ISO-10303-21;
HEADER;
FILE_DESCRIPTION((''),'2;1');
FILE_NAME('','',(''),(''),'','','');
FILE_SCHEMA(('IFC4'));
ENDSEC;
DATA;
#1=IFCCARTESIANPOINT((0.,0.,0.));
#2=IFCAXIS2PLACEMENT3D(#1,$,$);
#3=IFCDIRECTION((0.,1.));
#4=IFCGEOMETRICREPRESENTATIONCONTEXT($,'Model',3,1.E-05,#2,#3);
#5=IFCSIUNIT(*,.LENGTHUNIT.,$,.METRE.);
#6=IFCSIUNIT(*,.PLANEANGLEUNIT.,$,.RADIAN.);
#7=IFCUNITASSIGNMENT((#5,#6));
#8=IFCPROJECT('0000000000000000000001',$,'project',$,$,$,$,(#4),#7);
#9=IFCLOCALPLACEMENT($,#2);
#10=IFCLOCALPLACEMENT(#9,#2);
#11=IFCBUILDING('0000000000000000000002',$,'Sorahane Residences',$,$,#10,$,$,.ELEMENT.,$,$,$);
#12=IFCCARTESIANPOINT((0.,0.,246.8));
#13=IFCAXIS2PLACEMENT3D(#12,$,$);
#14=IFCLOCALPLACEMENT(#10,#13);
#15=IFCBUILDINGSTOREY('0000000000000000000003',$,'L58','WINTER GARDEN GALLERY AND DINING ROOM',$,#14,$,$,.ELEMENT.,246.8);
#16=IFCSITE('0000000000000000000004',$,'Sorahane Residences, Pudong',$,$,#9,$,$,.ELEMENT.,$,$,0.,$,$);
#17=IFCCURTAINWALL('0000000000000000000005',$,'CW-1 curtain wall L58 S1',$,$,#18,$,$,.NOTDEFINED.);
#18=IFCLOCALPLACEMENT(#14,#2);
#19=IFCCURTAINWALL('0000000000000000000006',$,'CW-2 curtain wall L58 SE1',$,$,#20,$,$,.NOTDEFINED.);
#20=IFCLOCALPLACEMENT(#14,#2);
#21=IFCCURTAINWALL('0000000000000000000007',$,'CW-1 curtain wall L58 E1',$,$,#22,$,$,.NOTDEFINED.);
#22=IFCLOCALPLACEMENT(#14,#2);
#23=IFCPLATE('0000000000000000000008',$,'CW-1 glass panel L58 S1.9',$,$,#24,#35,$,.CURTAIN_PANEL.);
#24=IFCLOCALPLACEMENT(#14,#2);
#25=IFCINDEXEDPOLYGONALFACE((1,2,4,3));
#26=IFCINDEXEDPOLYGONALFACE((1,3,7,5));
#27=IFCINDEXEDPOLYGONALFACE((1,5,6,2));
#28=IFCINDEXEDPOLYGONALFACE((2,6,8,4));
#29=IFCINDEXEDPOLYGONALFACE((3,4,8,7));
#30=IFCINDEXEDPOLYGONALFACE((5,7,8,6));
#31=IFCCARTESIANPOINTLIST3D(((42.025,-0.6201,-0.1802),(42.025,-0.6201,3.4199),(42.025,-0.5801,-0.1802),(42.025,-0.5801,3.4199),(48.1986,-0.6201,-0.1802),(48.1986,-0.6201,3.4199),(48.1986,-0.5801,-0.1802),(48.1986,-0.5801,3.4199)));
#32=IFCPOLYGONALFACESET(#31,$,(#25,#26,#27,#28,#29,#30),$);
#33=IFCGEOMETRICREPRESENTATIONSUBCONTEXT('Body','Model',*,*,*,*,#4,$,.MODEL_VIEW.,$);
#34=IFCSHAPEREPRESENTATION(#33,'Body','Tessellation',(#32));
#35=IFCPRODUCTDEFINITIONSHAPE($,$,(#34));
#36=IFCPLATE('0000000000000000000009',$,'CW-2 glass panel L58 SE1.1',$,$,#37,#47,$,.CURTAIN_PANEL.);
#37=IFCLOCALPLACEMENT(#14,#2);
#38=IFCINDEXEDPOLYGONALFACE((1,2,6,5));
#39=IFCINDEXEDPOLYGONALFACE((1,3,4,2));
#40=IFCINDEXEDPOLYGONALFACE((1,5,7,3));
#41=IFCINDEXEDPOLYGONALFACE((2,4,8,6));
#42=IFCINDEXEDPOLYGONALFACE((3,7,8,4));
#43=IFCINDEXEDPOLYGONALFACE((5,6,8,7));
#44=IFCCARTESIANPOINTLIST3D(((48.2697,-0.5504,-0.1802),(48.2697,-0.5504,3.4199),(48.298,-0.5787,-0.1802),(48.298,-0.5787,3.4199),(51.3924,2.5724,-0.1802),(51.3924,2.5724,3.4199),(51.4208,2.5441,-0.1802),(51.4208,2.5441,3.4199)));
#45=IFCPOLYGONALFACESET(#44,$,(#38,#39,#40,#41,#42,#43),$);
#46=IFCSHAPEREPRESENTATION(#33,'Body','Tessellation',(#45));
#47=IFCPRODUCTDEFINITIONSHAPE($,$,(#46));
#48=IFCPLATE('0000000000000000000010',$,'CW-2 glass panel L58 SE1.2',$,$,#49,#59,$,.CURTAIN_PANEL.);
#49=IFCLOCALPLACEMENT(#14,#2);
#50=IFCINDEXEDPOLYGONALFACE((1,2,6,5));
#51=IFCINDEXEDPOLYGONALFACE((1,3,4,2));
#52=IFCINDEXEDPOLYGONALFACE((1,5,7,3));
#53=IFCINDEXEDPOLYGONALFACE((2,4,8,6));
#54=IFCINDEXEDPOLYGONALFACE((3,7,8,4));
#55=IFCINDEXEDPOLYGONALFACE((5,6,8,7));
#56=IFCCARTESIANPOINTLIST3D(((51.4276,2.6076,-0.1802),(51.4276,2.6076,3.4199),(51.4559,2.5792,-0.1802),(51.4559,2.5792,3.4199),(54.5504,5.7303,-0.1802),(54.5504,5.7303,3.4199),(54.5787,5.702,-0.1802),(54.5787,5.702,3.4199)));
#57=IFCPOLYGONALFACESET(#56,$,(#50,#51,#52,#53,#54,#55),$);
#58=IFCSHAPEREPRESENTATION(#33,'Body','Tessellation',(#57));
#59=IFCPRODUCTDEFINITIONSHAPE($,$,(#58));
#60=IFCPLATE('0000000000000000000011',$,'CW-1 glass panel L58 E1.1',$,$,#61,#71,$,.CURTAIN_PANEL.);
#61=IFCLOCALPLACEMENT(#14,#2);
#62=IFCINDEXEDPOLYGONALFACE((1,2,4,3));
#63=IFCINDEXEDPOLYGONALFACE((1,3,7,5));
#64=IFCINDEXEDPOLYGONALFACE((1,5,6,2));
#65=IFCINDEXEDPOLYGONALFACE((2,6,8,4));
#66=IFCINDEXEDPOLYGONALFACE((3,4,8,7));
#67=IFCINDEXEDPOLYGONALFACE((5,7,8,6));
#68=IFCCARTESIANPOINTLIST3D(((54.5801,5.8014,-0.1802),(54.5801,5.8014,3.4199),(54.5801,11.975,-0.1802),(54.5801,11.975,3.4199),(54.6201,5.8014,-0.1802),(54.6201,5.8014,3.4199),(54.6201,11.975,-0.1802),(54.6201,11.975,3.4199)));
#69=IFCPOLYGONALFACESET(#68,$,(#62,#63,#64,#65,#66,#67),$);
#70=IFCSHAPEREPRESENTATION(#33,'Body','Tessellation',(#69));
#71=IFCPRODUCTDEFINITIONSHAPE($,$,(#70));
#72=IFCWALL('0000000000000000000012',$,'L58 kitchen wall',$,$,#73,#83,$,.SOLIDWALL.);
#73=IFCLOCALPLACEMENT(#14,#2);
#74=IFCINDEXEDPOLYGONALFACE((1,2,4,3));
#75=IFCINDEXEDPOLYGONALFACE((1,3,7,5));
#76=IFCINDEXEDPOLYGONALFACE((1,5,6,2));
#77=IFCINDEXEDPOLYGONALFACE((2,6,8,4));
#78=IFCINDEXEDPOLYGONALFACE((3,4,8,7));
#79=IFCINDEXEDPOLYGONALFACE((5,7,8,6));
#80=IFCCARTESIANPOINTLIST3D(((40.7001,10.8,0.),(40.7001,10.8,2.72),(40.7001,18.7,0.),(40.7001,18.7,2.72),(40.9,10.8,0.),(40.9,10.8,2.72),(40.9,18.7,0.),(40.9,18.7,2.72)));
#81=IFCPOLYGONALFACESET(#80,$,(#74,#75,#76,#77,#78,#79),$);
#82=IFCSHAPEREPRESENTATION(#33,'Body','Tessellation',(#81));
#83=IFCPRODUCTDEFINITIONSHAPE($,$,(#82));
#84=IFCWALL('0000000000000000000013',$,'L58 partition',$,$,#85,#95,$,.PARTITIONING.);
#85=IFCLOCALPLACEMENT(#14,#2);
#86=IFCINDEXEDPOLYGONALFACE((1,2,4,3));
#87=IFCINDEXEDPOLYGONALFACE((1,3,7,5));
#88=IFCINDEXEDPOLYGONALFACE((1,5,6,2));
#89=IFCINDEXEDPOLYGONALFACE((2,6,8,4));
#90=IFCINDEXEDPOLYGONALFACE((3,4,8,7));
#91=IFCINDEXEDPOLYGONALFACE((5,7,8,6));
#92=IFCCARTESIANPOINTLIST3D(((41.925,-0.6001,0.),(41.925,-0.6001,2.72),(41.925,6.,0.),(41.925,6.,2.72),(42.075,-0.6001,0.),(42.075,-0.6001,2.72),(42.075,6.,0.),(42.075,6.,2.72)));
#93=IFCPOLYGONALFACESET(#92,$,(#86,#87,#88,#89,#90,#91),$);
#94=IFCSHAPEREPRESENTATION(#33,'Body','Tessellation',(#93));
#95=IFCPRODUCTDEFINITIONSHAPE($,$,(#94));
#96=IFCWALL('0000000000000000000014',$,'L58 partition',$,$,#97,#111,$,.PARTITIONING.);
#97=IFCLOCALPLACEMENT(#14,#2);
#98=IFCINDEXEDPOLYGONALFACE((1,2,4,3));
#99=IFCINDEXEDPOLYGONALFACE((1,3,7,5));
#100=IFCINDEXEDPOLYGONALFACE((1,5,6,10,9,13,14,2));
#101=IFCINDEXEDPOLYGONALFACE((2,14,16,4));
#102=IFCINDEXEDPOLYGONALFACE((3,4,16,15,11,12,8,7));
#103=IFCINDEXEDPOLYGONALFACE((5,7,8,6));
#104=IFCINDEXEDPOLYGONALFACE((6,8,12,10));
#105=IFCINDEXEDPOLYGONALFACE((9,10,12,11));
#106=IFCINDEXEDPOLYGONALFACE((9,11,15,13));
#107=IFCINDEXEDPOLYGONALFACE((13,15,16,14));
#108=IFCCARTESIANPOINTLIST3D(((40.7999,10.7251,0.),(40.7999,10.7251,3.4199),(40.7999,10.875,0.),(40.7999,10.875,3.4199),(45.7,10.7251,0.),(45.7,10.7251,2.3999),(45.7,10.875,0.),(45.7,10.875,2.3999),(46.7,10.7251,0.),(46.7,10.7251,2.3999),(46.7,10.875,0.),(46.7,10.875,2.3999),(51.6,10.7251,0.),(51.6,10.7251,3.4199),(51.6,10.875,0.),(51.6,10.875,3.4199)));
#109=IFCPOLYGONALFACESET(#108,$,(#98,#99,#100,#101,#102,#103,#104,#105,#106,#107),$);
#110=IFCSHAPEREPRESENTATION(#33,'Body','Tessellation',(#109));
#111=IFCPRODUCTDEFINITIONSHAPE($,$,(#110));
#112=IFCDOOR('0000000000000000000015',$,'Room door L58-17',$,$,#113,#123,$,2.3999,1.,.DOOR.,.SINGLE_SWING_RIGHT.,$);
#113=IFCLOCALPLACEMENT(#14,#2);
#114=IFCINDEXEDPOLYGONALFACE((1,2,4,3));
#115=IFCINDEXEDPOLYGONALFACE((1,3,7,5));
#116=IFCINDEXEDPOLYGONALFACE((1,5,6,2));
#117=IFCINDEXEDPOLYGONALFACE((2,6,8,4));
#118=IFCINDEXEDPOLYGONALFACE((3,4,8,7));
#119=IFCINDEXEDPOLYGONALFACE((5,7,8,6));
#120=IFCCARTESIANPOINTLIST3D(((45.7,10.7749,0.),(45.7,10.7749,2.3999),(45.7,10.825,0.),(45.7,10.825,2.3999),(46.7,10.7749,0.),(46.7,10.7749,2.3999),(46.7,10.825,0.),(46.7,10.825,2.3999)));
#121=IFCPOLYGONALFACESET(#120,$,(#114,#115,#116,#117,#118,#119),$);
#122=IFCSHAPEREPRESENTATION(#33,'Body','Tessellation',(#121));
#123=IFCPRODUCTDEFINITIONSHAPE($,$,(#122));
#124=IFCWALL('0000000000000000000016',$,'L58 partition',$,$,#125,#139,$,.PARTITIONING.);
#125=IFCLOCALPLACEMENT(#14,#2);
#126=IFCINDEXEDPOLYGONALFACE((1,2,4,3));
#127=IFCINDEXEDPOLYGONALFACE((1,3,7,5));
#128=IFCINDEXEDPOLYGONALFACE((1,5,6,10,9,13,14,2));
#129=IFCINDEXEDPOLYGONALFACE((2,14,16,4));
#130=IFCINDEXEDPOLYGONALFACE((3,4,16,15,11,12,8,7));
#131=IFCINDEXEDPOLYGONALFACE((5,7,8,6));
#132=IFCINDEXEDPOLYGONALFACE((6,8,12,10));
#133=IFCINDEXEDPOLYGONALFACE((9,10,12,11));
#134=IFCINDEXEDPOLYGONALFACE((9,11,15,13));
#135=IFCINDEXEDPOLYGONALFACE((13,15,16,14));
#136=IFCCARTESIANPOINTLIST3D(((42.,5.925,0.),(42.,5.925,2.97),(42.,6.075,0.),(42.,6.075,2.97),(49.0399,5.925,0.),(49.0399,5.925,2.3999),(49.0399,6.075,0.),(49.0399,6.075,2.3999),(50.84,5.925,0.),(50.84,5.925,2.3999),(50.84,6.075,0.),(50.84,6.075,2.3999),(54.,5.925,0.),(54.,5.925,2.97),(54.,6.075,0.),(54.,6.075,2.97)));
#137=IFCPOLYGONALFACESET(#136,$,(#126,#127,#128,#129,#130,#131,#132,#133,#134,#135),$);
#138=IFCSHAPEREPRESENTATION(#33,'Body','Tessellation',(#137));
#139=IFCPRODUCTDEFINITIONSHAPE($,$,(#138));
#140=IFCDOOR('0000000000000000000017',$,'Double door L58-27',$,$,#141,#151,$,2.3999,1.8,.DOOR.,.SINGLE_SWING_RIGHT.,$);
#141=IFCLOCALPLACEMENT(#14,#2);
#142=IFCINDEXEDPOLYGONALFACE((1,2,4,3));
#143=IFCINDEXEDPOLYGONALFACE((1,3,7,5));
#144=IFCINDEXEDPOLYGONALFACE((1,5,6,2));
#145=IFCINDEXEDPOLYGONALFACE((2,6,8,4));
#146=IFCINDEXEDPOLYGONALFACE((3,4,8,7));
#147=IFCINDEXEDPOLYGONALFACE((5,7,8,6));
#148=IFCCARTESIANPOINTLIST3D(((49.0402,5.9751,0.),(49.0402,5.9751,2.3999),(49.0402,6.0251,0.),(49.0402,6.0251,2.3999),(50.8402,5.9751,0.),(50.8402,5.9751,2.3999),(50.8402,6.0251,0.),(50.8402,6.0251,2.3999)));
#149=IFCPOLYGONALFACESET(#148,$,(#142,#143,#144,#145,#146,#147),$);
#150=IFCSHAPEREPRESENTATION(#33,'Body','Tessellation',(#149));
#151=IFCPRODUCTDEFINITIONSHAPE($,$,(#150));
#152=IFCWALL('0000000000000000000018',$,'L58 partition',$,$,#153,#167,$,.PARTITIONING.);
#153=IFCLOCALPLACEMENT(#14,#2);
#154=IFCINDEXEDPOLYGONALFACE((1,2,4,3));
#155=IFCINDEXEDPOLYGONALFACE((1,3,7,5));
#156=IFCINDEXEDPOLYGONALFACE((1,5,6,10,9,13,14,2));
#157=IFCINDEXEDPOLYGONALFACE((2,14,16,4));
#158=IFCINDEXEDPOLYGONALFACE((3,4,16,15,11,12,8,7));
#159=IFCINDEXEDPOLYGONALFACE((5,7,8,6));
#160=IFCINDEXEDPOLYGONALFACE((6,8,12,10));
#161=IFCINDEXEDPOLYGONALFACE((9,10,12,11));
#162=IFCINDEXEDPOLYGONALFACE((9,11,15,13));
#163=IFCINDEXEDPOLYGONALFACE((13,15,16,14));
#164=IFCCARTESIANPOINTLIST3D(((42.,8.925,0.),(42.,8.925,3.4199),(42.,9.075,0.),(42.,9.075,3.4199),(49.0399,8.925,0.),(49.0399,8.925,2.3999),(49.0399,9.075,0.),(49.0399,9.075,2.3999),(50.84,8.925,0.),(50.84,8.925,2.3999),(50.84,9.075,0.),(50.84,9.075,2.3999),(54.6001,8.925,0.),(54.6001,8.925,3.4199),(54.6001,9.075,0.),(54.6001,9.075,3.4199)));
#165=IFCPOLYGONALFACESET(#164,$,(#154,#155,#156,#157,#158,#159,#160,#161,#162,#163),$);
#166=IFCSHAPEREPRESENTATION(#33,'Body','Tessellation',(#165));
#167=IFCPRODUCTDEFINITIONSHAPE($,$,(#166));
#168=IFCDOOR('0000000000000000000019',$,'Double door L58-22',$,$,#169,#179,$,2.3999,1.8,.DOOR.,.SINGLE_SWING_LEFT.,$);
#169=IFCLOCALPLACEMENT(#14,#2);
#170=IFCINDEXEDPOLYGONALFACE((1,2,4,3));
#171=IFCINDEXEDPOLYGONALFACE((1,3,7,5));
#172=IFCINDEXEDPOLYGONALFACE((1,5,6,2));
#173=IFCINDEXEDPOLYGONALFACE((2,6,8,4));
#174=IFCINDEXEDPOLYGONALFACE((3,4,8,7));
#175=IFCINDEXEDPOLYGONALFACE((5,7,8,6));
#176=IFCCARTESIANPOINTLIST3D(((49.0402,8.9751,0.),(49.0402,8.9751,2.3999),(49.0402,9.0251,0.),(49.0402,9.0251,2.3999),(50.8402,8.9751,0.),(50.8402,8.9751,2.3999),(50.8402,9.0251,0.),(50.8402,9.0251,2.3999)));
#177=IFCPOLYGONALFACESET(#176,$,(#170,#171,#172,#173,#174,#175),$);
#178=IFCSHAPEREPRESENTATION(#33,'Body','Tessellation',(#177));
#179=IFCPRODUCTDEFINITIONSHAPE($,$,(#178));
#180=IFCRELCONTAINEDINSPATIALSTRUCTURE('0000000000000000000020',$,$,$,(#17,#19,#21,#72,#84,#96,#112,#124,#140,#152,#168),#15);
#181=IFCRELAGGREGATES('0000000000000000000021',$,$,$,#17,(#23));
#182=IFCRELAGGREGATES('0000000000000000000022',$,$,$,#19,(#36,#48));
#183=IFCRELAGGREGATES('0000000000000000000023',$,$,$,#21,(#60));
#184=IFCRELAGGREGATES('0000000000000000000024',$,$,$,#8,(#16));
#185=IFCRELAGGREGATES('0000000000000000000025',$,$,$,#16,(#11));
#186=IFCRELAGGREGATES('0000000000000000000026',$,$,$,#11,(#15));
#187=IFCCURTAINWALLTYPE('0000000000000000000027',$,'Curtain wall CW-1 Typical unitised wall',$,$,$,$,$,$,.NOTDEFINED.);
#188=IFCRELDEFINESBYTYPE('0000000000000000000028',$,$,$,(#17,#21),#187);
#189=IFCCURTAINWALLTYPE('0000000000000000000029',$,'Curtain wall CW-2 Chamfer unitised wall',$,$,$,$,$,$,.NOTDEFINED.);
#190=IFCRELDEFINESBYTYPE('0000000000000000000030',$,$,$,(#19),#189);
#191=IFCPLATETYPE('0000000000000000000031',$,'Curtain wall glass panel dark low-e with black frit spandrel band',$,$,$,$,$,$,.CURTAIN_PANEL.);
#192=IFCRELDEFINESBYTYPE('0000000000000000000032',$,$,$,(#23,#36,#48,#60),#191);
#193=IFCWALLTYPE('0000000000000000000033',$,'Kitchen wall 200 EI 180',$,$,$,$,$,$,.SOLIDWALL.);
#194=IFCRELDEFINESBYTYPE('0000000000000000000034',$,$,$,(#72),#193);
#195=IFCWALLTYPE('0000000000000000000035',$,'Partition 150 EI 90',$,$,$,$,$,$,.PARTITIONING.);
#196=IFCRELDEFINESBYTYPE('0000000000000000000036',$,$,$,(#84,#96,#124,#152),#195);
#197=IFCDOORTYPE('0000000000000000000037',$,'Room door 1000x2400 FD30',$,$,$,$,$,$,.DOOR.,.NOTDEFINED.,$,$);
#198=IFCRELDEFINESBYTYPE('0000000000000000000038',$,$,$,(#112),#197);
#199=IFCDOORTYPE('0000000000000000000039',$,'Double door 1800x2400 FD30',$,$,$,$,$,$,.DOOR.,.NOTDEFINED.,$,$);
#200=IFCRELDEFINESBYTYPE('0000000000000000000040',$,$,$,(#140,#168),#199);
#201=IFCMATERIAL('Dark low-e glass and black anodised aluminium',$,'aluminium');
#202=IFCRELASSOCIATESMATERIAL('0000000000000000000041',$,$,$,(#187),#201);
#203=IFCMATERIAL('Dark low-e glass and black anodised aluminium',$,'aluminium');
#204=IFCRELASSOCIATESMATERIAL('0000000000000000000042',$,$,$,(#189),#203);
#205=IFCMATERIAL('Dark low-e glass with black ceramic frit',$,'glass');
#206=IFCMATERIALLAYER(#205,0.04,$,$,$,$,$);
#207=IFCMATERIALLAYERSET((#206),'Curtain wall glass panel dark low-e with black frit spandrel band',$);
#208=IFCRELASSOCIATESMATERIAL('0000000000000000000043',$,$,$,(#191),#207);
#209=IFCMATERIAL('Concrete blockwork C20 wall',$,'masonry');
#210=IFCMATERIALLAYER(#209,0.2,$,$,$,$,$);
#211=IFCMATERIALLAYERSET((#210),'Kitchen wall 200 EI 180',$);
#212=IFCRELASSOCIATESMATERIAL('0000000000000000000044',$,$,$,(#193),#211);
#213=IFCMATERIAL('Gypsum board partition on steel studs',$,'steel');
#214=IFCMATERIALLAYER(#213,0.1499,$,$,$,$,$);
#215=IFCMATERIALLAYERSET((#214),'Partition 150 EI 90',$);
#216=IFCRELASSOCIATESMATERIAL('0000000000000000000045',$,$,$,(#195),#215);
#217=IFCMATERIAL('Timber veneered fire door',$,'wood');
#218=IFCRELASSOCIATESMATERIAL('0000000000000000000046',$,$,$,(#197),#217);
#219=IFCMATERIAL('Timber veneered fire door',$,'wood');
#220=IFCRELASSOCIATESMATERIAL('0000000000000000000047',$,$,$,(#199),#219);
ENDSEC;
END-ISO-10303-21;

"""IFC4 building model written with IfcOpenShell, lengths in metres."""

from ifc_helpers import new_model, si_unit, direction, frame, frame_2d, origin, origin_2d, place, context, subcontext, project, spatial, rectangle, extrude, material, layer, layer_set, type_object, element, fill, aggregate, save


model = new_model("IFC4")

# Units and contexts
model_context = context("Model", 3, precision=1e-05, world=origin(), true_north=direction((0.0, 1.0)))
body_context = subcontext(model_context, "Body", "Model", "MODEL_VIEW")
ifc_project = project(units=[si_unit("LENGTHUNIT", "METRE"), si_unit("PLANEANGLEUNIT", "RADIAN")], contexts=[model_context])

# Site, building, storey
site_placement = place(None, origin())
site = spatial("IfcSite", under=ifc_project, at=site_placement, Name="Sorahane Residences, Pudong", CompositionType="ELEMENT", RefElevation=0.0)
building_placement = place(site_placement, origin())
building = spatial("IfcBuilding", under=site, at=building_placement, Name="Sorahane Residences", CompositionType="ELEMENT")
storey_placement = place(building_placement, frame((0.0, 0.0, 246.8)))
storey = spatial("IfcBuildingStorey", under=building, at=storey_placement, Name="L58", Description="WINTER GARDEN GALLERY AND DINING ROOM", CompositionType="ELEMENT", Elevation=246.8)

# Curtain walls
ifc_material_1 = material(Name="Dark low-e glass and black anodised aluminium", Category="aluminium")
curtain_wall_type_1 = type_object("IfcCurtainWallType", Name="Curtain wall CW-1 Typical unitised wall", PredefinedType="NOTDEFINED", material=ifc_material_1)
curtain_wall_1_placement = place(storey_placement, origin())
curtain_wall_1 = element("IfcCurtainWall", 1, at=curtain_wall_1_placement, inside=storey, type_object=curtain_wall_type_1, Name="CW-1 curtain wall L58 S1", PredefinedType="NOTDEFINED")
ifc_material_2 = material(Name="Dark low-e glass and black anodised aluminium", Category="aluminium")
curtain_wall_type_2 = type_object("IfcCurtainWallType", Name="Curtain wall CW-2 Chamfer unitised wall", PredefinedType="NOTDEFINED", material=ifc_material_2)
curtain_wall_2_placement = place(storey_placement, origin())
curtain_wall_2 = element("IfcCurtainWall", 2, at=curtain_wall_2_placement, inside=storey, type_object=curtain_wall_type_2, Name="CW-2 curtain wall L58 SE1", PredefinedType="NOTDEFINED")

# Curtain wall
curtain_wall_3_placement = place(storey_placement, origin())
curtain_wall_3 = element("IfcCurtainWall", 3, at=curtain_wall_3_placement, inside=storey, type_object=curtain_wall_type_1, Name="CW-1 curtain wall L58 E1", PredefinedType="NOTDEFINED")

# Plates
ifc_material_3 = material(Name="Dark low-e glass with black ceramic frit", Category="glass")
ifc_layer_1 = layer(ifc_material_3, 0.04)
ifc_layer_set_1 = layer_set([ifc_layer_1], Name="Curtain wall glass panel dark low-e with black frit spandrel band")
plate_type = type_object("IfcPlateType", Name="Curtain wall glass panel dark low-e with black frit spandrel band", PredefinedType="CURTAIN_PANEL", material=ifc_layer_set_1)
plate_1_placement = place(storey_placement, frame((45.1118, -0.6001, -0.1802), z_axis=(0.0, 0.0, 1.0), x_axis=(1.0, 0.0, 0.0)))
plate_1 = element("IfcPlate", 4, at=plate_1_placement, type_object=plate_type, Name="CW-1 glass panel L58 S1.9", PredefinedType="CURTAIN_PANEL", context=body_context, shape_type="SweptSolid", body=[
    extrude(rectangle(XDim=6.1736, YDim=0.04, at=origin_2d()), origin(), (0.0, 0.0, 1.0), 3.6001),
])
aggregate(curtain_wall_1, [plate_1])
plate_2_placement = place(storey_placement, frame((49.8452, 0.9968, -0.1802), z_axis=(0.0, 0.0, 1.0), x_axis=(0.707107, 0.707107, 0.0)))
plate_2 = element("IfcPlate", 5, at=plate_2_placement, type_object=plate_type, Name="CW-2 glass panel L58 SE1.1", PredefinedType="CURTAIN_PANEL", context=body_context, shape_type="SweptSolid", body=[
    extrude(rectangle(XDim=4.4163, YDim=0.04, at=origin_2d()), origin(), (0.0, 0.0, 1.0), 3.6001),
])
plate_3_placement = place(storey_placement, frame((53.0032, 4.1548, -0.1802), z_axis=(0.0, 0.0, 1.0), x_axis=(0.707107, 0.707107, 0.0)))
plate_3 = element("IfcPlate", 6, at=plate_3_placement, type_object=plate_type, Name="CW-2 glass panel L58 SE1.2", PredefinedType="CURTAIN_PANEL", context=body_context, shape_type="SweptSolid", body=[
    extrude(rectangle(XDim=4.4163, YDim=0.04, at=origin_2d()), origin(), (0.0, 0.0, 1.0), 3.6001),
])
aggregate(curtain_wall_2, [plate_2, plate_3])
plate_4_placement = place(storey_placement, frame((54.6001, 8.8882, -0.1802), z_axis=(0.0, 0.0, 1.0), x_axis=(0.0, 1.0, 0.0)))
plate_4 = element("IfcPlate", 7, at=plate_4_placement, type_object=plate_type, Name="CW-1 glass panel L58 E1.1", PredefinedType="CURTAIN_PANEL", context=body_context, shape_type="SweptSolid", body=[
    extrude(rectangle(XDim=6.1736, YDim=0.04, at=origin_2d()), origin(), (0.0, 0.0, 1.0), 3.6001),
])
aggregate(curtain_wall_3, [plate_4])

# Walls
ifc_material_4 = material(Name="Concrete blockwork C20 wall", Category="masonry")
ifc_layer_2 = layer(ifc_material_4, 0.2)
ifc_layer_set_2 = layer_set([ifc_layer_2], Name="Kitchen wall 200 EI 180")
wall_type_1 = type_object("IfcWallType", Name="Kitchen wall 200 EI 180", PredefinedType="SOLIDWALL", material=ifc_layer_set_2)
wall_1_placement = place(storey_placement, frame((40.8, 10.8, 0.0), z_axis=(0.0, 0.0, 1.0), x_axis=(0.0, 1.0, 0.0)))
element("IfcWall", 8, at=wall_1_placement, inside=storey, type_object=wall_type_1, Name="L58 kitchen wall", PredefinedType="SOLIDWALL", context=body_context, shape_type="SweptSolid", body=[
    extrude(rectangle(XDim=7.8999, YDim=0.2, at=frame_2d((3.95, 0.0))), origin(), (0.0, 0.0, 1.0), 2.72),
])
ifc_material_5 = material(Name="Gypsum board partition on steel studs", Category="steel")
ifc_layer_3 = layer(ifc_material_5, 0.1499)
ifc_layer_set_3 = layer_set([ifc_layer_3], Name="Partition 150 EI 90")
wall_type_2 = type_object("IfcWallType", Name="Partition 150 EI 90", PredefinedType="PARTITIONING", material=ifc_layer_set_3)
wall_2_placement = place(storey_placement, frame((42.0, -0.6001, 0.0), z_axis=(0.0, 0.0, 1.0), x_axis=(0.0, 1.0, 0.0)))
element("IfcWall", 9, at=wall_2_placement, inside=storey, type_object=wall_type_2, Name="L58 partition", PredefinedType="PARTITIONING", context=body_context, shape_type="SweptSolid", body=[
    extrude(rectangle(XDim=6.6001, YDim=0.1499, at=frame_2d((3.3, 0.0))), origin(), (0.0, 0.0, 1.0), 2.72),
])

# Walls, openings, doors
wall_3_placement = place(storey_placement, frame((40.8, 10.8, 0.0), z_axis=(0.0, 0.0, 1.0), x_axis=(1.0, 0.0, 0.0)))
wall_3 = element("IfcWall", 10, at=wall_3_placement, inside=storey, type_object=wall_type_2, Name="L58 partition", PredefinedType="PARTITIONING", context=body_context, shape_type="SweptSolid", body=[
    extrude(rectangle(XDim=10.8, YDim=0.1499, at=frame_2d((5.3999, 0.0))), origin(), (0.0, 0.0, 1.0), 3.4199),
])
opening_1_placement = place(wall_3_placement, frame((4.8999, 0.0, 0.0)))
opening_1 = element("IfcOpeningElement", 11, at=opening_1_placement, cuts=wall_3, PredefinedType="OPENING", context=body_context, shape_type="SweptSolid", body=[
    extrude(rectangle(XDim=1.0, YDim=2.3999, at=frame_2d((0.5, 1.2))), frame((0.0, 0.085, 0.0), z_axis=(0.0, -1.0, 0.0), x_axis=(1.0, 0.0, 0.0)), (0.0, 0.0, 1.0), 0.1699),
])
ifc_material_6 = material(Name="Timber veneered fire door", Category="wood")
door_type_1 = type_object("IfcDoorType", Name="Room door 1000x2400 FD30", OperationType="NOTDEFINED", PredefinedType="DOOR", material=ifc_material_6)
door_1_placement = place(opening_1_placement, origin())
door_1 = element("IfcDoor", 12, at=door_1_placement, inside=storey, type_object=door_type_1, Name="Room door L58-17", OperationType="SINGLE_SWING_RIGHT", OverallHeight=2.3999, OverallWidth=1.0, PredefinedType="DOOR", context=body_context, shape_type="SweptSolid", body=[
    extrude(rectangle(XDim=1.0, YDim=2.3999, at=frame_2d((0.5, 1.2))), frame((0.0, 0.0249, 0.0), z_axis=(0.0, -1.0, 0.0), x_axis=(1.0, 0.0, 0.0)), (0.0, 0.0, 1.0), 0.05),
])
fill(opening_1, door_1)
wall_4_placement = place(storey_placement, frame((42.0, 6.0, 0.0), z_axis=(0.0, 0.0, 1.0), x_axis=(1.0, 0.0, 0.0)))
wall_4 = element("IfcWall", 13, at=wall_4_placement, inside=storey, type_object=wall_type_2, Name="L58 partition", PredefinedType="PARTITIONING", context=body_context, shape_type="SweptSolid", body=[
    extrude(rectangle(XDim=12.0, YDim=0.1499, at=frame_2d((6.0, 0.0))), origin(), (0.0, 0.0, 1.0), 2.97),
])
opening_2_placement = place(wall_4_placement, frame((7.04, 0.0, 0.0)))
opening_2 = element("IfcOpeningElement", 14, at=opening_2_placement, cuts=wall_4, PredefinedType="OPENING", context=body_context, shape_type="SweptSolid", body=[
    extrude(rectangle(XDim=1.8, YDim=2.3999, at=frame_2d((0.8999, 1.2))), frame((0.0, 0.085, 0.0), z_axis=(0.0, -1.0, 0.0), x_axis=(1.0, 0.0, 0.0)), (0.0, 0.0, 1.0), 0.1699),
])
ifc_material_7 = material(Name="Timber veneered fire door", Category="wood")
door_type_2 = type_object("IfcDoorType", Name="Double door 1800x2400 FD30", OperationType="NOTDEFINED", PredefinedType="DOOR", material=ifc_material_7)
door_2_placement = place(opening_2_placement, frame((1.8, 0.0, 0.0), z_axis=(0.0, 0.0, 1.0), x_axis=(-1.0, 0.0, 0.0)))
door_2 = element("IfcDoor", 15, at=door_2_placement, inside=storey, type_object=door_type_2, Name="Double door L58-27", OperationType="SINGLE_SWING_RIGHT", OverallHeight=2.3999, OverallWidth=1.8, PredefinedType="DOOR", context=body_context, shape_type="SweptSolid", body=[
    extrude(rectangle(XDim=1.8, YDim=2.3999, at=frame_2d((0.8999, 1.2))), frame((0.0, 0.0249, 0.0), z_axis=(0.0, -1.0, 0.0), x_axis=(1.0, 0.0, 0.0)), (0.0, 0.0, 1.0), 0.05),
])
fill(opening_2, door_2)
wall_5_placement = place(storey_placement, frame((42.0, 9.0, 0.0), z_axis=(0.0, 0.0, 1.0), x_axis=(1.0, 0.0, 0.0)))
wall_5 = element("IfcWall", 16, at=wall_5_placement, inside=storey, type_object=wall_type_2, Name="L58 partition", PredefinedType="PARTITIONING", context=body_context, shape_type="SweptSolid", body=[
    extrude(rectangle(XDim=12.6001, YDim=0.1499, at=frame_2d((6.3, 0.0))), origin(), (0.0, 0.0, 1.0), 3.4199),
])
opening_3_placement = place(wall_5_placement, frame((7.04, 0.0, 0.0)))
opening_3 = element("IfcOpeningElement", 17, at=opening_3_placement, cuts=wall_5, PredefinedType="OPENING", context=body_context, shape_type="SweptSolid", body=[
    extrude(rectangle(XDim=1.8, YDim=2.3999, at=frame_2d((0.8999, 1.2))), frame((0.0, 0.085, 0.0), z_axis=(0.0, -1.0, 0.0), x_axis=(1.0, 0.0, 0.0)), (0.0, 0.0, 1.0), 0.1699),
])
door_3_placement = place(opening_3_placement, frame((1.8, 0.0, 0.0), z_axis=(0.0, 0.0, 1.0), x_axis=(-1.0, 0.0, 0.0)))
door_3 = element("IfcDoor", 18, at=door_3_placement, inside=storey, type_object=door_type_2, Name="Double door L58-22", OperationType="SINGLE_SWING_LEFT", OverallHeight=2.3999, OverallWidth=1.8, PredefinedType="DOOR", context=body_context, shape_type="SweptSolid", body=[
    extrude(rectangle(XDim=1.8, YDim=2.3999, at=frame_2d((0.8999, 1.2))), frame((0.0, 0.0249, 0.0), z_axis=(0.0, -1.0, 0.0), x_axis=(1.0, 0.0, 0.0)), (0.0, 0.0, 1.0), 0.05),
])
fill(opening_3, door_3)

save(model, "model.ifc")
